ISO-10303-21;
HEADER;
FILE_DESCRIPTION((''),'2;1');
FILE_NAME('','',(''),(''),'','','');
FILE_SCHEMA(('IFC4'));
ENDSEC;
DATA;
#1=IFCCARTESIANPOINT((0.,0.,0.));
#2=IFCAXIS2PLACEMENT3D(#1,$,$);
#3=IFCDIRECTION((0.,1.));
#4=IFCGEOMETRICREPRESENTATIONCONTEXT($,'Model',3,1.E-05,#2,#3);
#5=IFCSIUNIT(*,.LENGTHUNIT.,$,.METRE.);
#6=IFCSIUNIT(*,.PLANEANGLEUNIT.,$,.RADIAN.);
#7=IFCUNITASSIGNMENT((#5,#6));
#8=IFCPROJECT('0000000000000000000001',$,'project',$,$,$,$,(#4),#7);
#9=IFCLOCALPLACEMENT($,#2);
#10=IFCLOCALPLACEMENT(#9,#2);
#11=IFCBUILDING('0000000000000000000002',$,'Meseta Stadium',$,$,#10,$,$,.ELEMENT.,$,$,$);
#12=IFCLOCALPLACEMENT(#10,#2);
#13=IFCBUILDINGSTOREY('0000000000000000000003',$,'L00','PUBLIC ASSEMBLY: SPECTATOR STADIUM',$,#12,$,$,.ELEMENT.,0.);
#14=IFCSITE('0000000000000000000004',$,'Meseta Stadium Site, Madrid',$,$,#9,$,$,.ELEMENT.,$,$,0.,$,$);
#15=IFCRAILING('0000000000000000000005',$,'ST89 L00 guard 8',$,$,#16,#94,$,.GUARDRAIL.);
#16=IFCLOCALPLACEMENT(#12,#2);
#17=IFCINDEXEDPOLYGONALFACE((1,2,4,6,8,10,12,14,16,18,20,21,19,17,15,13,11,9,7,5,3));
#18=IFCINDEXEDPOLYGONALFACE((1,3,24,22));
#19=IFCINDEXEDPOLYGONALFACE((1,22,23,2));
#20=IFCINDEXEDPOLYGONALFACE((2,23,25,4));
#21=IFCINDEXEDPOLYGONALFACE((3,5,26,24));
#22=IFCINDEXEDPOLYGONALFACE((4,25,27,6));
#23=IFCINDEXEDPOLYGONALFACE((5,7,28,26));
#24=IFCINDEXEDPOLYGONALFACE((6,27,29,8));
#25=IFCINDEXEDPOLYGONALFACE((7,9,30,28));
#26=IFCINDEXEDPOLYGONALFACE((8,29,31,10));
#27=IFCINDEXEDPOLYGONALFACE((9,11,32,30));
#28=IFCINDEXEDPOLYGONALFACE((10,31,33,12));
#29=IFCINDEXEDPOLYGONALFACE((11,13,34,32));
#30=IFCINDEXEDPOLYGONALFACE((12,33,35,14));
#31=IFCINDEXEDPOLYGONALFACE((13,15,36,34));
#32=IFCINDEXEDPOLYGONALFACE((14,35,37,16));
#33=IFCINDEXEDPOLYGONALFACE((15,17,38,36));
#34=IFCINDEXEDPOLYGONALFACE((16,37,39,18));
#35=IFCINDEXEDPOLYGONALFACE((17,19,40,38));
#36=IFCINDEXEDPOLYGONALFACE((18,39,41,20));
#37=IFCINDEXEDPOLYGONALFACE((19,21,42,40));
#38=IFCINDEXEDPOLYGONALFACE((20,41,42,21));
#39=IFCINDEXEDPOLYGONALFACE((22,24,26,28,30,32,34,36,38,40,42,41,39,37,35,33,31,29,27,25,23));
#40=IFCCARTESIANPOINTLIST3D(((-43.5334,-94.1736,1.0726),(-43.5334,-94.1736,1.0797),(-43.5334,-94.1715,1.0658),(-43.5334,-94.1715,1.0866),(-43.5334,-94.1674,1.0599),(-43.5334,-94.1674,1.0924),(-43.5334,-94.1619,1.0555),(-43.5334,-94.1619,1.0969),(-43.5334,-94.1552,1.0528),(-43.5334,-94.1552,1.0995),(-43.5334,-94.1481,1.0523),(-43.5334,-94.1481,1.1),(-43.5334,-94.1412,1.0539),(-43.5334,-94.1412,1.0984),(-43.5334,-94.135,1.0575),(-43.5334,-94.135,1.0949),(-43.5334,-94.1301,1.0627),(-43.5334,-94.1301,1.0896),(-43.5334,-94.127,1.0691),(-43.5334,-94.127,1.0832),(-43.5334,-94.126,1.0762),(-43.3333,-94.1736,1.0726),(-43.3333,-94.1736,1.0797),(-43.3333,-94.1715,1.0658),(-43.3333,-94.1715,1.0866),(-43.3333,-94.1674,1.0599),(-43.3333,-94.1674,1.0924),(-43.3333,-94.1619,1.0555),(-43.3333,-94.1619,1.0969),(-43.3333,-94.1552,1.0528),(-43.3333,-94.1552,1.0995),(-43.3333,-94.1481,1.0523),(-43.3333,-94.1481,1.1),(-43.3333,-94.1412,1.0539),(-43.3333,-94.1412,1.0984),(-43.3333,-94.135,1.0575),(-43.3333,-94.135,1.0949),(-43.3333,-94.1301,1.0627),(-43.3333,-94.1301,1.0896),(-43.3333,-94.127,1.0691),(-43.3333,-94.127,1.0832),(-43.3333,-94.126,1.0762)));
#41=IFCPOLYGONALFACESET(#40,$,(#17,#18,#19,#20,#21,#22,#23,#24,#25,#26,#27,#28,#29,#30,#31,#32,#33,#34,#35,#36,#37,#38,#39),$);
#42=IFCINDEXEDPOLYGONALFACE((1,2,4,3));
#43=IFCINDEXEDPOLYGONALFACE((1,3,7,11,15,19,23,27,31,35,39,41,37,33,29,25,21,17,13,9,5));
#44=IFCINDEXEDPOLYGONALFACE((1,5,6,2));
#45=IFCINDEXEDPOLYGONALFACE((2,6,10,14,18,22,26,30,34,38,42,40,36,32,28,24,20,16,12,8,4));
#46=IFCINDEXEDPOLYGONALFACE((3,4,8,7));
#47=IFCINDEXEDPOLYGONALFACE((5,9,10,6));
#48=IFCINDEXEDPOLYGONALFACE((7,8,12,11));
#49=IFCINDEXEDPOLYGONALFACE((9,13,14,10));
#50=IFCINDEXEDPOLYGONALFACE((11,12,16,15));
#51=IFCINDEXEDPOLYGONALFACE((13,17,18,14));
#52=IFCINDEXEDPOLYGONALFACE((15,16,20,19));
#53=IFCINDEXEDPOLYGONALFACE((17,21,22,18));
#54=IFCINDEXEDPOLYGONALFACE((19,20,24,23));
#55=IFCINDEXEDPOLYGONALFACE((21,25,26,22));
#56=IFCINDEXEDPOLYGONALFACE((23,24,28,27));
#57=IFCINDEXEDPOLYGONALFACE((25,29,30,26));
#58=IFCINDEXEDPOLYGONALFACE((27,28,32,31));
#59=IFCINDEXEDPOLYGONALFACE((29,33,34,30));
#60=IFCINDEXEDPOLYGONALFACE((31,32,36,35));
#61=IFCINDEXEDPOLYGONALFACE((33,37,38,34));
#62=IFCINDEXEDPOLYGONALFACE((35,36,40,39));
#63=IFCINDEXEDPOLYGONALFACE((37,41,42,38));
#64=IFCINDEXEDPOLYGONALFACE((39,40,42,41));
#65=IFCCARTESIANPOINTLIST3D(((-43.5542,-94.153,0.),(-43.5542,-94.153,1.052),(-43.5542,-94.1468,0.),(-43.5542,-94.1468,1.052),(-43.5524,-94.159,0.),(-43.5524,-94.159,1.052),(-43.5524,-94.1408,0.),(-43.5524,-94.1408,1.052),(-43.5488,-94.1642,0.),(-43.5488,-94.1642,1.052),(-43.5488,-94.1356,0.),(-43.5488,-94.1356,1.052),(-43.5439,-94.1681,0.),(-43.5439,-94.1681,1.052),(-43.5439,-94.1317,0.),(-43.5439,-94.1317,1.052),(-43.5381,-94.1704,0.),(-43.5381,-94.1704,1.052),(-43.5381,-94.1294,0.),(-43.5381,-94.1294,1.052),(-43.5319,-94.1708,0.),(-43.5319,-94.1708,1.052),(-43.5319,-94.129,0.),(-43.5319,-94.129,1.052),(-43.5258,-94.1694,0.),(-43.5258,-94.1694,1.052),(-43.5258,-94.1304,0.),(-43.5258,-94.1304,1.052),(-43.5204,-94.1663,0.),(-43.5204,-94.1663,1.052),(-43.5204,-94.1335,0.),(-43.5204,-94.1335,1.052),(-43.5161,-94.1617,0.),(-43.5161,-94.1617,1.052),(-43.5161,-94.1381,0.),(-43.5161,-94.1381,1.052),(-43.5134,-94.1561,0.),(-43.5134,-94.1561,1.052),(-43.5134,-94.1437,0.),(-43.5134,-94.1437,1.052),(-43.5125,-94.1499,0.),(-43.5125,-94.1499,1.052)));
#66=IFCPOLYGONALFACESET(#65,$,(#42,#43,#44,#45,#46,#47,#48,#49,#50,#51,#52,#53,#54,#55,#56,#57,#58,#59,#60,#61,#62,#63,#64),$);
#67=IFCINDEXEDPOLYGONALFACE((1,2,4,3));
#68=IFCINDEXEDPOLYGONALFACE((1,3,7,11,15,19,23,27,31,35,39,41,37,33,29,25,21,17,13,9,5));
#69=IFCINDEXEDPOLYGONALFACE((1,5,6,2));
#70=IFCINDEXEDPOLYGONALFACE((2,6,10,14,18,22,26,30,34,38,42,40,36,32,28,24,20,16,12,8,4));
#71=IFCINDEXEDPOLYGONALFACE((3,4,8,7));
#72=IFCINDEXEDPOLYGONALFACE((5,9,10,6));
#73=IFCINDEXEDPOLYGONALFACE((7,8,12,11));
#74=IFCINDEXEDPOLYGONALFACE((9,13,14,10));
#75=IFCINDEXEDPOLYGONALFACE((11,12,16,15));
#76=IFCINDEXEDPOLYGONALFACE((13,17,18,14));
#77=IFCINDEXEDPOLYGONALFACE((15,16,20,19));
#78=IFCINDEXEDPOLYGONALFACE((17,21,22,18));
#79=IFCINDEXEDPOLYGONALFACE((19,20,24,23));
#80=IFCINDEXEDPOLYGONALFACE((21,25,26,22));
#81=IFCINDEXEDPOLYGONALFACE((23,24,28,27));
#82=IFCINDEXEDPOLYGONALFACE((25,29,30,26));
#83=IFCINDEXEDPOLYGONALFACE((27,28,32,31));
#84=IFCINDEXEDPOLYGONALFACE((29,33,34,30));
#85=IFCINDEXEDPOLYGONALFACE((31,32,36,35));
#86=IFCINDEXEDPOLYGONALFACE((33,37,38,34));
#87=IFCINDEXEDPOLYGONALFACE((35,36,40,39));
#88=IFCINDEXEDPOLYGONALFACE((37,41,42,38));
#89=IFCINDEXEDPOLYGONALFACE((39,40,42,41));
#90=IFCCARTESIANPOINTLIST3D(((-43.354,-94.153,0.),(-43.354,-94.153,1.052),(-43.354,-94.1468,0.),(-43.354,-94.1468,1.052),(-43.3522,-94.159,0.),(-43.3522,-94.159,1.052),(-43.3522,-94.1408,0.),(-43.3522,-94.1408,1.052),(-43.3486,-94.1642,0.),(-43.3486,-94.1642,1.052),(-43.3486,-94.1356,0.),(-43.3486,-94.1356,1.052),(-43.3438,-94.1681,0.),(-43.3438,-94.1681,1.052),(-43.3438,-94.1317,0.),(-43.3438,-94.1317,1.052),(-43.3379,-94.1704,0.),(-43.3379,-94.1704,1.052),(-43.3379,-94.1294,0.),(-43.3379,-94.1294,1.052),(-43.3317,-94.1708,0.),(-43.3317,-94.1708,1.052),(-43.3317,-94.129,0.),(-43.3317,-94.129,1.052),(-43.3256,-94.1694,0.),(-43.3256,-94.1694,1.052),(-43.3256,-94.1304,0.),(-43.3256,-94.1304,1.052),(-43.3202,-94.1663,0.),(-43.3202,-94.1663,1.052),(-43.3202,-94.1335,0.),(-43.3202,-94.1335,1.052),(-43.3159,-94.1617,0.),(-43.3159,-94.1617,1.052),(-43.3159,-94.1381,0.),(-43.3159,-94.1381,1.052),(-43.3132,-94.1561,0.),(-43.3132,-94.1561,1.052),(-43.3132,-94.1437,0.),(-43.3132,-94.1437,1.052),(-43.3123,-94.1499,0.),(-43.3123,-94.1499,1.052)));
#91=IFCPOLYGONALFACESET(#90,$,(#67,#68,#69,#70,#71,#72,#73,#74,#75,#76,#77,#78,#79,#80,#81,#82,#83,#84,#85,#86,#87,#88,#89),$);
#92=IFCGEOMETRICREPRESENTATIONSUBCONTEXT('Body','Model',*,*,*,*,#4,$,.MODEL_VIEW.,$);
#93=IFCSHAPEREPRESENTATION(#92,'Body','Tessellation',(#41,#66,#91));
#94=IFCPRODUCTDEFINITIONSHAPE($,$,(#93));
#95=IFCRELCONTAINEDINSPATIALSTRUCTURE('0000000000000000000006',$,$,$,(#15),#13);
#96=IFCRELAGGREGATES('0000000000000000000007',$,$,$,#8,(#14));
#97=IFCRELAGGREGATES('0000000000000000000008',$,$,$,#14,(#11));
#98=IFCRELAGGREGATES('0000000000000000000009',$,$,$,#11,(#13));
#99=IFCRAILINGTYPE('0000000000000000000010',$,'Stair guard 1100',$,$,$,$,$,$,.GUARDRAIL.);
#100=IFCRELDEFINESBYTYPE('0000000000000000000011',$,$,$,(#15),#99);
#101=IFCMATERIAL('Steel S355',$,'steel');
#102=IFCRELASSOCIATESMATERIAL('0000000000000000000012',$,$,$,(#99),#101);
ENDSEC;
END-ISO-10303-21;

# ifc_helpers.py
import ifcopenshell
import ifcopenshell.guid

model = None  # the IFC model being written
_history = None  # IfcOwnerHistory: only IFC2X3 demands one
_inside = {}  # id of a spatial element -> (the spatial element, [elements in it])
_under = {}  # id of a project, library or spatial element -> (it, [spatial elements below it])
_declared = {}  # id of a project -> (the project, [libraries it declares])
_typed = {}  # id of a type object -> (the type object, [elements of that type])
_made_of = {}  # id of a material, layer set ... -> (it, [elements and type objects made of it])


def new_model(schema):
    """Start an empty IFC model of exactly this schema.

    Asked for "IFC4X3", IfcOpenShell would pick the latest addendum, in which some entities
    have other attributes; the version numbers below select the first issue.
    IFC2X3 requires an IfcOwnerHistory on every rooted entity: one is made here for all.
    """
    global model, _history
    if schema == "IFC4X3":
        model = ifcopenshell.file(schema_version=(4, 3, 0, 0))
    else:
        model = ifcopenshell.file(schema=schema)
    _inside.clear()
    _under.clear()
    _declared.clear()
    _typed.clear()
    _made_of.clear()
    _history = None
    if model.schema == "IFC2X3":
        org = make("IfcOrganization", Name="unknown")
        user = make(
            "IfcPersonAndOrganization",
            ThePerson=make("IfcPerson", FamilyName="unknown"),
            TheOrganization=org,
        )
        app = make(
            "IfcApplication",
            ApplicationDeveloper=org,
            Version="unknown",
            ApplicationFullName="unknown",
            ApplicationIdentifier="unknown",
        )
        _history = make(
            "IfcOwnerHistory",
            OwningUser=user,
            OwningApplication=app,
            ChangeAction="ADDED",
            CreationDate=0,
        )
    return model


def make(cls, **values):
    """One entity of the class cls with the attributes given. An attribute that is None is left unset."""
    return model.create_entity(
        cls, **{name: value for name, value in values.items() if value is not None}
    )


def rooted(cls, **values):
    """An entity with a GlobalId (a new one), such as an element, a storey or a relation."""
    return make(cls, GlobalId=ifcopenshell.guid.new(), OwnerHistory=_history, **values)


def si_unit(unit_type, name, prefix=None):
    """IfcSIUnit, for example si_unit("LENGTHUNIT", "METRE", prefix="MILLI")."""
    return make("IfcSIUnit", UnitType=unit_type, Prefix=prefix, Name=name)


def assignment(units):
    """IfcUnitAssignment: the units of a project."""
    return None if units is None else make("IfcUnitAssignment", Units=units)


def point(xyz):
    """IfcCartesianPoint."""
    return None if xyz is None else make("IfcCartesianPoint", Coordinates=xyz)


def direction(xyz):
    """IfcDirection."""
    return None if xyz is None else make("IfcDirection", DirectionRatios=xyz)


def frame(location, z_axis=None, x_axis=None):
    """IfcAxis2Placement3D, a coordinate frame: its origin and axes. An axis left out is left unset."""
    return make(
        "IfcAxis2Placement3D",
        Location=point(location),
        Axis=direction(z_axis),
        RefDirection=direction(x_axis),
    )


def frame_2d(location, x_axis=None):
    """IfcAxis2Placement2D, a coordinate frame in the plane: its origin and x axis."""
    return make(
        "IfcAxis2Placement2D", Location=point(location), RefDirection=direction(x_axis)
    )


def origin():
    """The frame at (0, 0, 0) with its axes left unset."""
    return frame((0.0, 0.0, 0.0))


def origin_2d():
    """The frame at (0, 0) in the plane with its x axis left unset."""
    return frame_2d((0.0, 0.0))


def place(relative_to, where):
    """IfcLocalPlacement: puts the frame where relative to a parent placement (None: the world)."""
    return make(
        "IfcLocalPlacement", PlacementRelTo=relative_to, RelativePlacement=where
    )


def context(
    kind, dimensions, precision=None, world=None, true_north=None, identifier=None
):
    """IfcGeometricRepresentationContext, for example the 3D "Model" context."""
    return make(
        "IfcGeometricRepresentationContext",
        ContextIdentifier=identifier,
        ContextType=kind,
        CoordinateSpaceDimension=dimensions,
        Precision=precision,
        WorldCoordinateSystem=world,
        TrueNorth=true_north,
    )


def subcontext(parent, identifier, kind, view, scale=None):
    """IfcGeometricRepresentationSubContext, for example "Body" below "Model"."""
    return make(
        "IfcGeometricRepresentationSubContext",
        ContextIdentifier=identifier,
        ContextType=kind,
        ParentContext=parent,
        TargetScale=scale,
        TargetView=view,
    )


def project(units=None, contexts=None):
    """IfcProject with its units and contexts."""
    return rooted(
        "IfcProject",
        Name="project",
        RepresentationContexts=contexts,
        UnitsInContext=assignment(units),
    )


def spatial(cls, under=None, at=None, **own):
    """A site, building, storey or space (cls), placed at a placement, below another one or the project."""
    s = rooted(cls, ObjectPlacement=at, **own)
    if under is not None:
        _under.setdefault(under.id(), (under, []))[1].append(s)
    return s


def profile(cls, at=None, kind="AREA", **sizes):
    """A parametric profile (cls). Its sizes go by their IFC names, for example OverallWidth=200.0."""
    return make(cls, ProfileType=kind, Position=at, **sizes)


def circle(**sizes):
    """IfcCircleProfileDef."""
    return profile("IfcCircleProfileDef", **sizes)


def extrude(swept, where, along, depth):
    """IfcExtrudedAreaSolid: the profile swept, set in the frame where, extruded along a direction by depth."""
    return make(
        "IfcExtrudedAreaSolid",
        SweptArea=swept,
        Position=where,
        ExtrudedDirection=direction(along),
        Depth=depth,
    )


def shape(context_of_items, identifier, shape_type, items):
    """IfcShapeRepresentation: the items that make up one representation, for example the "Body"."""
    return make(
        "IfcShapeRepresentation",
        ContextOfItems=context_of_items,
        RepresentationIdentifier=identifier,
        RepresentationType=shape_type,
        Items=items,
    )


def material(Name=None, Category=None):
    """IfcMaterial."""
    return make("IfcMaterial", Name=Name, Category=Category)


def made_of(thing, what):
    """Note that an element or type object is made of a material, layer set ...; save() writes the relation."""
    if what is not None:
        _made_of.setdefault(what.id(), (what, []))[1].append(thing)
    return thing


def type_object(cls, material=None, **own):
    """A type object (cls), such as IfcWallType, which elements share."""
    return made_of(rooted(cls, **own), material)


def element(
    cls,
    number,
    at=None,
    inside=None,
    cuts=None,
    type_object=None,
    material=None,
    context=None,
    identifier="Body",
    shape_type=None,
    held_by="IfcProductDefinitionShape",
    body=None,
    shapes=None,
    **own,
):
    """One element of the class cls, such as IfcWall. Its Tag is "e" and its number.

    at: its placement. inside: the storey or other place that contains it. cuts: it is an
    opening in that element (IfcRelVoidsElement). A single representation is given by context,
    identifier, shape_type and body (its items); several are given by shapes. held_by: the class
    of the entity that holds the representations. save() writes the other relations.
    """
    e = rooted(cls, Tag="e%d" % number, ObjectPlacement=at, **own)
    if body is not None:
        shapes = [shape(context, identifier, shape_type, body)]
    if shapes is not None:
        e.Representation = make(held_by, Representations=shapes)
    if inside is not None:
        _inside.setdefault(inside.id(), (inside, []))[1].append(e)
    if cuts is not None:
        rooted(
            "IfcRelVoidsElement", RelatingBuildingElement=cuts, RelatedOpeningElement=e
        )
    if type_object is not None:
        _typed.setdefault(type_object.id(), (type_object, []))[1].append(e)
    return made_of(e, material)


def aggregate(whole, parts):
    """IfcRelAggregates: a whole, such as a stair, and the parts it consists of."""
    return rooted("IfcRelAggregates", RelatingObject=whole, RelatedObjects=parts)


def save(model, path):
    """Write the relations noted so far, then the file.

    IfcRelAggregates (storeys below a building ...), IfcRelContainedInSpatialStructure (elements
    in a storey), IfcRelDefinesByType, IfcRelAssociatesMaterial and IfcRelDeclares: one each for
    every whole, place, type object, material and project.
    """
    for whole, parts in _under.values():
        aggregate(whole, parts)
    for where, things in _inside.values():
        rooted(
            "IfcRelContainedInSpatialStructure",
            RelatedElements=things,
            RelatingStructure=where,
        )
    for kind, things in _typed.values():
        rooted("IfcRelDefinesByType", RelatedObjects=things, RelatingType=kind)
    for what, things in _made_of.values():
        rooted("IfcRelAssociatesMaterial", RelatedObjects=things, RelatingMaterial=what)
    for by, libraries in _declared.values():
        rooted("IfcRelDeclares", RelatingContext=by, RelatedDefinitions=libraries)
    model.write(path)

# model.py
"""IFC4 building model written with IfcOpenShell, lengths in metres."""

from ifc_helpers import new_model, si_unit, direction, frame, origin, origin_2d, place, context, subcontext, project, spatial, circle, extrude, material, type_object, element, save


model = new_model("IFC4")

# Units and contexts
model_context = context("Model", 3, precision=1e-05, world=origin(), true_north=direction((0.0, 1.0)))
body_context = subcontext(model_context, "Body", "Model", "MODEL_VIEW")
ifc_project = project(units=[si_unit("LENGTHUNIT", "METRE"), si_unit("PLANEANGLEUNIT", "RADIAN")], contexts=[model_context])

# Site, building, storey
site_placement = place(None, origin())
site = spatial("IfcSite", under=ifc_project, at=site_placement, Name="Meseta Stadium Site, Madrid", CompositionType="ELEMENT", RefElevation=0.0)
building_placement = place(site_placement, origin())
building = spatial("IfcBuilding", under=site, at=building_placement, Name="Meseta Stadium", CompositionType="ELEMENT")
storey_placement = place(building_placement, origin())
storey = spatial("IfcBuildingStorey", under=building, at=storey_placement, Name="L00", Description="PUBLIC ASSEMBLY: SPECTATOR STADIUM", CompositionType="ELEMENT", Elevation=0.0)

# Railing
ifc_material_1 = material(Name="Steel S355", Category="steel")
railing_type_1 = type_object("IfcRailingType", Name="Stair guard 1100", PredefinedType="GUARDRAIL", material=ifc_material_1)
railing_1_placement = place(storey_placement, frame((-43.5334, -94.1499, 0.0)))
element("IfcRailing", 1, at=railing_1_placement, inside=storey, type_object=railing_type_1, Name="ST89 L00 guard 8", PredefinedType="GUARDRAIL", context=body_context, shape_type="SweptSolid", body=[
    extrude(circle(Radius=0.0239, at=origin_2d()), frame((0.0, 0.0, 1.0762), z_axis=(1.0, 0.0, 0.0), x_axis=(0.0, 1.0, 0.0)), (0.0, 0.0, 1.0), 0.2002),
    extrude(circle(Radius=0.021, at=origin_2d()), origin(), (0.0, 0.0, 1.0), 1.052),
    extrude(circle(Radius=0.021, at=origin_2d()), frame((0.2002, 0.0, 0.0)), (0.0, 0.0, 1.0), 1.052),
])

save(model, "model.ifc")
